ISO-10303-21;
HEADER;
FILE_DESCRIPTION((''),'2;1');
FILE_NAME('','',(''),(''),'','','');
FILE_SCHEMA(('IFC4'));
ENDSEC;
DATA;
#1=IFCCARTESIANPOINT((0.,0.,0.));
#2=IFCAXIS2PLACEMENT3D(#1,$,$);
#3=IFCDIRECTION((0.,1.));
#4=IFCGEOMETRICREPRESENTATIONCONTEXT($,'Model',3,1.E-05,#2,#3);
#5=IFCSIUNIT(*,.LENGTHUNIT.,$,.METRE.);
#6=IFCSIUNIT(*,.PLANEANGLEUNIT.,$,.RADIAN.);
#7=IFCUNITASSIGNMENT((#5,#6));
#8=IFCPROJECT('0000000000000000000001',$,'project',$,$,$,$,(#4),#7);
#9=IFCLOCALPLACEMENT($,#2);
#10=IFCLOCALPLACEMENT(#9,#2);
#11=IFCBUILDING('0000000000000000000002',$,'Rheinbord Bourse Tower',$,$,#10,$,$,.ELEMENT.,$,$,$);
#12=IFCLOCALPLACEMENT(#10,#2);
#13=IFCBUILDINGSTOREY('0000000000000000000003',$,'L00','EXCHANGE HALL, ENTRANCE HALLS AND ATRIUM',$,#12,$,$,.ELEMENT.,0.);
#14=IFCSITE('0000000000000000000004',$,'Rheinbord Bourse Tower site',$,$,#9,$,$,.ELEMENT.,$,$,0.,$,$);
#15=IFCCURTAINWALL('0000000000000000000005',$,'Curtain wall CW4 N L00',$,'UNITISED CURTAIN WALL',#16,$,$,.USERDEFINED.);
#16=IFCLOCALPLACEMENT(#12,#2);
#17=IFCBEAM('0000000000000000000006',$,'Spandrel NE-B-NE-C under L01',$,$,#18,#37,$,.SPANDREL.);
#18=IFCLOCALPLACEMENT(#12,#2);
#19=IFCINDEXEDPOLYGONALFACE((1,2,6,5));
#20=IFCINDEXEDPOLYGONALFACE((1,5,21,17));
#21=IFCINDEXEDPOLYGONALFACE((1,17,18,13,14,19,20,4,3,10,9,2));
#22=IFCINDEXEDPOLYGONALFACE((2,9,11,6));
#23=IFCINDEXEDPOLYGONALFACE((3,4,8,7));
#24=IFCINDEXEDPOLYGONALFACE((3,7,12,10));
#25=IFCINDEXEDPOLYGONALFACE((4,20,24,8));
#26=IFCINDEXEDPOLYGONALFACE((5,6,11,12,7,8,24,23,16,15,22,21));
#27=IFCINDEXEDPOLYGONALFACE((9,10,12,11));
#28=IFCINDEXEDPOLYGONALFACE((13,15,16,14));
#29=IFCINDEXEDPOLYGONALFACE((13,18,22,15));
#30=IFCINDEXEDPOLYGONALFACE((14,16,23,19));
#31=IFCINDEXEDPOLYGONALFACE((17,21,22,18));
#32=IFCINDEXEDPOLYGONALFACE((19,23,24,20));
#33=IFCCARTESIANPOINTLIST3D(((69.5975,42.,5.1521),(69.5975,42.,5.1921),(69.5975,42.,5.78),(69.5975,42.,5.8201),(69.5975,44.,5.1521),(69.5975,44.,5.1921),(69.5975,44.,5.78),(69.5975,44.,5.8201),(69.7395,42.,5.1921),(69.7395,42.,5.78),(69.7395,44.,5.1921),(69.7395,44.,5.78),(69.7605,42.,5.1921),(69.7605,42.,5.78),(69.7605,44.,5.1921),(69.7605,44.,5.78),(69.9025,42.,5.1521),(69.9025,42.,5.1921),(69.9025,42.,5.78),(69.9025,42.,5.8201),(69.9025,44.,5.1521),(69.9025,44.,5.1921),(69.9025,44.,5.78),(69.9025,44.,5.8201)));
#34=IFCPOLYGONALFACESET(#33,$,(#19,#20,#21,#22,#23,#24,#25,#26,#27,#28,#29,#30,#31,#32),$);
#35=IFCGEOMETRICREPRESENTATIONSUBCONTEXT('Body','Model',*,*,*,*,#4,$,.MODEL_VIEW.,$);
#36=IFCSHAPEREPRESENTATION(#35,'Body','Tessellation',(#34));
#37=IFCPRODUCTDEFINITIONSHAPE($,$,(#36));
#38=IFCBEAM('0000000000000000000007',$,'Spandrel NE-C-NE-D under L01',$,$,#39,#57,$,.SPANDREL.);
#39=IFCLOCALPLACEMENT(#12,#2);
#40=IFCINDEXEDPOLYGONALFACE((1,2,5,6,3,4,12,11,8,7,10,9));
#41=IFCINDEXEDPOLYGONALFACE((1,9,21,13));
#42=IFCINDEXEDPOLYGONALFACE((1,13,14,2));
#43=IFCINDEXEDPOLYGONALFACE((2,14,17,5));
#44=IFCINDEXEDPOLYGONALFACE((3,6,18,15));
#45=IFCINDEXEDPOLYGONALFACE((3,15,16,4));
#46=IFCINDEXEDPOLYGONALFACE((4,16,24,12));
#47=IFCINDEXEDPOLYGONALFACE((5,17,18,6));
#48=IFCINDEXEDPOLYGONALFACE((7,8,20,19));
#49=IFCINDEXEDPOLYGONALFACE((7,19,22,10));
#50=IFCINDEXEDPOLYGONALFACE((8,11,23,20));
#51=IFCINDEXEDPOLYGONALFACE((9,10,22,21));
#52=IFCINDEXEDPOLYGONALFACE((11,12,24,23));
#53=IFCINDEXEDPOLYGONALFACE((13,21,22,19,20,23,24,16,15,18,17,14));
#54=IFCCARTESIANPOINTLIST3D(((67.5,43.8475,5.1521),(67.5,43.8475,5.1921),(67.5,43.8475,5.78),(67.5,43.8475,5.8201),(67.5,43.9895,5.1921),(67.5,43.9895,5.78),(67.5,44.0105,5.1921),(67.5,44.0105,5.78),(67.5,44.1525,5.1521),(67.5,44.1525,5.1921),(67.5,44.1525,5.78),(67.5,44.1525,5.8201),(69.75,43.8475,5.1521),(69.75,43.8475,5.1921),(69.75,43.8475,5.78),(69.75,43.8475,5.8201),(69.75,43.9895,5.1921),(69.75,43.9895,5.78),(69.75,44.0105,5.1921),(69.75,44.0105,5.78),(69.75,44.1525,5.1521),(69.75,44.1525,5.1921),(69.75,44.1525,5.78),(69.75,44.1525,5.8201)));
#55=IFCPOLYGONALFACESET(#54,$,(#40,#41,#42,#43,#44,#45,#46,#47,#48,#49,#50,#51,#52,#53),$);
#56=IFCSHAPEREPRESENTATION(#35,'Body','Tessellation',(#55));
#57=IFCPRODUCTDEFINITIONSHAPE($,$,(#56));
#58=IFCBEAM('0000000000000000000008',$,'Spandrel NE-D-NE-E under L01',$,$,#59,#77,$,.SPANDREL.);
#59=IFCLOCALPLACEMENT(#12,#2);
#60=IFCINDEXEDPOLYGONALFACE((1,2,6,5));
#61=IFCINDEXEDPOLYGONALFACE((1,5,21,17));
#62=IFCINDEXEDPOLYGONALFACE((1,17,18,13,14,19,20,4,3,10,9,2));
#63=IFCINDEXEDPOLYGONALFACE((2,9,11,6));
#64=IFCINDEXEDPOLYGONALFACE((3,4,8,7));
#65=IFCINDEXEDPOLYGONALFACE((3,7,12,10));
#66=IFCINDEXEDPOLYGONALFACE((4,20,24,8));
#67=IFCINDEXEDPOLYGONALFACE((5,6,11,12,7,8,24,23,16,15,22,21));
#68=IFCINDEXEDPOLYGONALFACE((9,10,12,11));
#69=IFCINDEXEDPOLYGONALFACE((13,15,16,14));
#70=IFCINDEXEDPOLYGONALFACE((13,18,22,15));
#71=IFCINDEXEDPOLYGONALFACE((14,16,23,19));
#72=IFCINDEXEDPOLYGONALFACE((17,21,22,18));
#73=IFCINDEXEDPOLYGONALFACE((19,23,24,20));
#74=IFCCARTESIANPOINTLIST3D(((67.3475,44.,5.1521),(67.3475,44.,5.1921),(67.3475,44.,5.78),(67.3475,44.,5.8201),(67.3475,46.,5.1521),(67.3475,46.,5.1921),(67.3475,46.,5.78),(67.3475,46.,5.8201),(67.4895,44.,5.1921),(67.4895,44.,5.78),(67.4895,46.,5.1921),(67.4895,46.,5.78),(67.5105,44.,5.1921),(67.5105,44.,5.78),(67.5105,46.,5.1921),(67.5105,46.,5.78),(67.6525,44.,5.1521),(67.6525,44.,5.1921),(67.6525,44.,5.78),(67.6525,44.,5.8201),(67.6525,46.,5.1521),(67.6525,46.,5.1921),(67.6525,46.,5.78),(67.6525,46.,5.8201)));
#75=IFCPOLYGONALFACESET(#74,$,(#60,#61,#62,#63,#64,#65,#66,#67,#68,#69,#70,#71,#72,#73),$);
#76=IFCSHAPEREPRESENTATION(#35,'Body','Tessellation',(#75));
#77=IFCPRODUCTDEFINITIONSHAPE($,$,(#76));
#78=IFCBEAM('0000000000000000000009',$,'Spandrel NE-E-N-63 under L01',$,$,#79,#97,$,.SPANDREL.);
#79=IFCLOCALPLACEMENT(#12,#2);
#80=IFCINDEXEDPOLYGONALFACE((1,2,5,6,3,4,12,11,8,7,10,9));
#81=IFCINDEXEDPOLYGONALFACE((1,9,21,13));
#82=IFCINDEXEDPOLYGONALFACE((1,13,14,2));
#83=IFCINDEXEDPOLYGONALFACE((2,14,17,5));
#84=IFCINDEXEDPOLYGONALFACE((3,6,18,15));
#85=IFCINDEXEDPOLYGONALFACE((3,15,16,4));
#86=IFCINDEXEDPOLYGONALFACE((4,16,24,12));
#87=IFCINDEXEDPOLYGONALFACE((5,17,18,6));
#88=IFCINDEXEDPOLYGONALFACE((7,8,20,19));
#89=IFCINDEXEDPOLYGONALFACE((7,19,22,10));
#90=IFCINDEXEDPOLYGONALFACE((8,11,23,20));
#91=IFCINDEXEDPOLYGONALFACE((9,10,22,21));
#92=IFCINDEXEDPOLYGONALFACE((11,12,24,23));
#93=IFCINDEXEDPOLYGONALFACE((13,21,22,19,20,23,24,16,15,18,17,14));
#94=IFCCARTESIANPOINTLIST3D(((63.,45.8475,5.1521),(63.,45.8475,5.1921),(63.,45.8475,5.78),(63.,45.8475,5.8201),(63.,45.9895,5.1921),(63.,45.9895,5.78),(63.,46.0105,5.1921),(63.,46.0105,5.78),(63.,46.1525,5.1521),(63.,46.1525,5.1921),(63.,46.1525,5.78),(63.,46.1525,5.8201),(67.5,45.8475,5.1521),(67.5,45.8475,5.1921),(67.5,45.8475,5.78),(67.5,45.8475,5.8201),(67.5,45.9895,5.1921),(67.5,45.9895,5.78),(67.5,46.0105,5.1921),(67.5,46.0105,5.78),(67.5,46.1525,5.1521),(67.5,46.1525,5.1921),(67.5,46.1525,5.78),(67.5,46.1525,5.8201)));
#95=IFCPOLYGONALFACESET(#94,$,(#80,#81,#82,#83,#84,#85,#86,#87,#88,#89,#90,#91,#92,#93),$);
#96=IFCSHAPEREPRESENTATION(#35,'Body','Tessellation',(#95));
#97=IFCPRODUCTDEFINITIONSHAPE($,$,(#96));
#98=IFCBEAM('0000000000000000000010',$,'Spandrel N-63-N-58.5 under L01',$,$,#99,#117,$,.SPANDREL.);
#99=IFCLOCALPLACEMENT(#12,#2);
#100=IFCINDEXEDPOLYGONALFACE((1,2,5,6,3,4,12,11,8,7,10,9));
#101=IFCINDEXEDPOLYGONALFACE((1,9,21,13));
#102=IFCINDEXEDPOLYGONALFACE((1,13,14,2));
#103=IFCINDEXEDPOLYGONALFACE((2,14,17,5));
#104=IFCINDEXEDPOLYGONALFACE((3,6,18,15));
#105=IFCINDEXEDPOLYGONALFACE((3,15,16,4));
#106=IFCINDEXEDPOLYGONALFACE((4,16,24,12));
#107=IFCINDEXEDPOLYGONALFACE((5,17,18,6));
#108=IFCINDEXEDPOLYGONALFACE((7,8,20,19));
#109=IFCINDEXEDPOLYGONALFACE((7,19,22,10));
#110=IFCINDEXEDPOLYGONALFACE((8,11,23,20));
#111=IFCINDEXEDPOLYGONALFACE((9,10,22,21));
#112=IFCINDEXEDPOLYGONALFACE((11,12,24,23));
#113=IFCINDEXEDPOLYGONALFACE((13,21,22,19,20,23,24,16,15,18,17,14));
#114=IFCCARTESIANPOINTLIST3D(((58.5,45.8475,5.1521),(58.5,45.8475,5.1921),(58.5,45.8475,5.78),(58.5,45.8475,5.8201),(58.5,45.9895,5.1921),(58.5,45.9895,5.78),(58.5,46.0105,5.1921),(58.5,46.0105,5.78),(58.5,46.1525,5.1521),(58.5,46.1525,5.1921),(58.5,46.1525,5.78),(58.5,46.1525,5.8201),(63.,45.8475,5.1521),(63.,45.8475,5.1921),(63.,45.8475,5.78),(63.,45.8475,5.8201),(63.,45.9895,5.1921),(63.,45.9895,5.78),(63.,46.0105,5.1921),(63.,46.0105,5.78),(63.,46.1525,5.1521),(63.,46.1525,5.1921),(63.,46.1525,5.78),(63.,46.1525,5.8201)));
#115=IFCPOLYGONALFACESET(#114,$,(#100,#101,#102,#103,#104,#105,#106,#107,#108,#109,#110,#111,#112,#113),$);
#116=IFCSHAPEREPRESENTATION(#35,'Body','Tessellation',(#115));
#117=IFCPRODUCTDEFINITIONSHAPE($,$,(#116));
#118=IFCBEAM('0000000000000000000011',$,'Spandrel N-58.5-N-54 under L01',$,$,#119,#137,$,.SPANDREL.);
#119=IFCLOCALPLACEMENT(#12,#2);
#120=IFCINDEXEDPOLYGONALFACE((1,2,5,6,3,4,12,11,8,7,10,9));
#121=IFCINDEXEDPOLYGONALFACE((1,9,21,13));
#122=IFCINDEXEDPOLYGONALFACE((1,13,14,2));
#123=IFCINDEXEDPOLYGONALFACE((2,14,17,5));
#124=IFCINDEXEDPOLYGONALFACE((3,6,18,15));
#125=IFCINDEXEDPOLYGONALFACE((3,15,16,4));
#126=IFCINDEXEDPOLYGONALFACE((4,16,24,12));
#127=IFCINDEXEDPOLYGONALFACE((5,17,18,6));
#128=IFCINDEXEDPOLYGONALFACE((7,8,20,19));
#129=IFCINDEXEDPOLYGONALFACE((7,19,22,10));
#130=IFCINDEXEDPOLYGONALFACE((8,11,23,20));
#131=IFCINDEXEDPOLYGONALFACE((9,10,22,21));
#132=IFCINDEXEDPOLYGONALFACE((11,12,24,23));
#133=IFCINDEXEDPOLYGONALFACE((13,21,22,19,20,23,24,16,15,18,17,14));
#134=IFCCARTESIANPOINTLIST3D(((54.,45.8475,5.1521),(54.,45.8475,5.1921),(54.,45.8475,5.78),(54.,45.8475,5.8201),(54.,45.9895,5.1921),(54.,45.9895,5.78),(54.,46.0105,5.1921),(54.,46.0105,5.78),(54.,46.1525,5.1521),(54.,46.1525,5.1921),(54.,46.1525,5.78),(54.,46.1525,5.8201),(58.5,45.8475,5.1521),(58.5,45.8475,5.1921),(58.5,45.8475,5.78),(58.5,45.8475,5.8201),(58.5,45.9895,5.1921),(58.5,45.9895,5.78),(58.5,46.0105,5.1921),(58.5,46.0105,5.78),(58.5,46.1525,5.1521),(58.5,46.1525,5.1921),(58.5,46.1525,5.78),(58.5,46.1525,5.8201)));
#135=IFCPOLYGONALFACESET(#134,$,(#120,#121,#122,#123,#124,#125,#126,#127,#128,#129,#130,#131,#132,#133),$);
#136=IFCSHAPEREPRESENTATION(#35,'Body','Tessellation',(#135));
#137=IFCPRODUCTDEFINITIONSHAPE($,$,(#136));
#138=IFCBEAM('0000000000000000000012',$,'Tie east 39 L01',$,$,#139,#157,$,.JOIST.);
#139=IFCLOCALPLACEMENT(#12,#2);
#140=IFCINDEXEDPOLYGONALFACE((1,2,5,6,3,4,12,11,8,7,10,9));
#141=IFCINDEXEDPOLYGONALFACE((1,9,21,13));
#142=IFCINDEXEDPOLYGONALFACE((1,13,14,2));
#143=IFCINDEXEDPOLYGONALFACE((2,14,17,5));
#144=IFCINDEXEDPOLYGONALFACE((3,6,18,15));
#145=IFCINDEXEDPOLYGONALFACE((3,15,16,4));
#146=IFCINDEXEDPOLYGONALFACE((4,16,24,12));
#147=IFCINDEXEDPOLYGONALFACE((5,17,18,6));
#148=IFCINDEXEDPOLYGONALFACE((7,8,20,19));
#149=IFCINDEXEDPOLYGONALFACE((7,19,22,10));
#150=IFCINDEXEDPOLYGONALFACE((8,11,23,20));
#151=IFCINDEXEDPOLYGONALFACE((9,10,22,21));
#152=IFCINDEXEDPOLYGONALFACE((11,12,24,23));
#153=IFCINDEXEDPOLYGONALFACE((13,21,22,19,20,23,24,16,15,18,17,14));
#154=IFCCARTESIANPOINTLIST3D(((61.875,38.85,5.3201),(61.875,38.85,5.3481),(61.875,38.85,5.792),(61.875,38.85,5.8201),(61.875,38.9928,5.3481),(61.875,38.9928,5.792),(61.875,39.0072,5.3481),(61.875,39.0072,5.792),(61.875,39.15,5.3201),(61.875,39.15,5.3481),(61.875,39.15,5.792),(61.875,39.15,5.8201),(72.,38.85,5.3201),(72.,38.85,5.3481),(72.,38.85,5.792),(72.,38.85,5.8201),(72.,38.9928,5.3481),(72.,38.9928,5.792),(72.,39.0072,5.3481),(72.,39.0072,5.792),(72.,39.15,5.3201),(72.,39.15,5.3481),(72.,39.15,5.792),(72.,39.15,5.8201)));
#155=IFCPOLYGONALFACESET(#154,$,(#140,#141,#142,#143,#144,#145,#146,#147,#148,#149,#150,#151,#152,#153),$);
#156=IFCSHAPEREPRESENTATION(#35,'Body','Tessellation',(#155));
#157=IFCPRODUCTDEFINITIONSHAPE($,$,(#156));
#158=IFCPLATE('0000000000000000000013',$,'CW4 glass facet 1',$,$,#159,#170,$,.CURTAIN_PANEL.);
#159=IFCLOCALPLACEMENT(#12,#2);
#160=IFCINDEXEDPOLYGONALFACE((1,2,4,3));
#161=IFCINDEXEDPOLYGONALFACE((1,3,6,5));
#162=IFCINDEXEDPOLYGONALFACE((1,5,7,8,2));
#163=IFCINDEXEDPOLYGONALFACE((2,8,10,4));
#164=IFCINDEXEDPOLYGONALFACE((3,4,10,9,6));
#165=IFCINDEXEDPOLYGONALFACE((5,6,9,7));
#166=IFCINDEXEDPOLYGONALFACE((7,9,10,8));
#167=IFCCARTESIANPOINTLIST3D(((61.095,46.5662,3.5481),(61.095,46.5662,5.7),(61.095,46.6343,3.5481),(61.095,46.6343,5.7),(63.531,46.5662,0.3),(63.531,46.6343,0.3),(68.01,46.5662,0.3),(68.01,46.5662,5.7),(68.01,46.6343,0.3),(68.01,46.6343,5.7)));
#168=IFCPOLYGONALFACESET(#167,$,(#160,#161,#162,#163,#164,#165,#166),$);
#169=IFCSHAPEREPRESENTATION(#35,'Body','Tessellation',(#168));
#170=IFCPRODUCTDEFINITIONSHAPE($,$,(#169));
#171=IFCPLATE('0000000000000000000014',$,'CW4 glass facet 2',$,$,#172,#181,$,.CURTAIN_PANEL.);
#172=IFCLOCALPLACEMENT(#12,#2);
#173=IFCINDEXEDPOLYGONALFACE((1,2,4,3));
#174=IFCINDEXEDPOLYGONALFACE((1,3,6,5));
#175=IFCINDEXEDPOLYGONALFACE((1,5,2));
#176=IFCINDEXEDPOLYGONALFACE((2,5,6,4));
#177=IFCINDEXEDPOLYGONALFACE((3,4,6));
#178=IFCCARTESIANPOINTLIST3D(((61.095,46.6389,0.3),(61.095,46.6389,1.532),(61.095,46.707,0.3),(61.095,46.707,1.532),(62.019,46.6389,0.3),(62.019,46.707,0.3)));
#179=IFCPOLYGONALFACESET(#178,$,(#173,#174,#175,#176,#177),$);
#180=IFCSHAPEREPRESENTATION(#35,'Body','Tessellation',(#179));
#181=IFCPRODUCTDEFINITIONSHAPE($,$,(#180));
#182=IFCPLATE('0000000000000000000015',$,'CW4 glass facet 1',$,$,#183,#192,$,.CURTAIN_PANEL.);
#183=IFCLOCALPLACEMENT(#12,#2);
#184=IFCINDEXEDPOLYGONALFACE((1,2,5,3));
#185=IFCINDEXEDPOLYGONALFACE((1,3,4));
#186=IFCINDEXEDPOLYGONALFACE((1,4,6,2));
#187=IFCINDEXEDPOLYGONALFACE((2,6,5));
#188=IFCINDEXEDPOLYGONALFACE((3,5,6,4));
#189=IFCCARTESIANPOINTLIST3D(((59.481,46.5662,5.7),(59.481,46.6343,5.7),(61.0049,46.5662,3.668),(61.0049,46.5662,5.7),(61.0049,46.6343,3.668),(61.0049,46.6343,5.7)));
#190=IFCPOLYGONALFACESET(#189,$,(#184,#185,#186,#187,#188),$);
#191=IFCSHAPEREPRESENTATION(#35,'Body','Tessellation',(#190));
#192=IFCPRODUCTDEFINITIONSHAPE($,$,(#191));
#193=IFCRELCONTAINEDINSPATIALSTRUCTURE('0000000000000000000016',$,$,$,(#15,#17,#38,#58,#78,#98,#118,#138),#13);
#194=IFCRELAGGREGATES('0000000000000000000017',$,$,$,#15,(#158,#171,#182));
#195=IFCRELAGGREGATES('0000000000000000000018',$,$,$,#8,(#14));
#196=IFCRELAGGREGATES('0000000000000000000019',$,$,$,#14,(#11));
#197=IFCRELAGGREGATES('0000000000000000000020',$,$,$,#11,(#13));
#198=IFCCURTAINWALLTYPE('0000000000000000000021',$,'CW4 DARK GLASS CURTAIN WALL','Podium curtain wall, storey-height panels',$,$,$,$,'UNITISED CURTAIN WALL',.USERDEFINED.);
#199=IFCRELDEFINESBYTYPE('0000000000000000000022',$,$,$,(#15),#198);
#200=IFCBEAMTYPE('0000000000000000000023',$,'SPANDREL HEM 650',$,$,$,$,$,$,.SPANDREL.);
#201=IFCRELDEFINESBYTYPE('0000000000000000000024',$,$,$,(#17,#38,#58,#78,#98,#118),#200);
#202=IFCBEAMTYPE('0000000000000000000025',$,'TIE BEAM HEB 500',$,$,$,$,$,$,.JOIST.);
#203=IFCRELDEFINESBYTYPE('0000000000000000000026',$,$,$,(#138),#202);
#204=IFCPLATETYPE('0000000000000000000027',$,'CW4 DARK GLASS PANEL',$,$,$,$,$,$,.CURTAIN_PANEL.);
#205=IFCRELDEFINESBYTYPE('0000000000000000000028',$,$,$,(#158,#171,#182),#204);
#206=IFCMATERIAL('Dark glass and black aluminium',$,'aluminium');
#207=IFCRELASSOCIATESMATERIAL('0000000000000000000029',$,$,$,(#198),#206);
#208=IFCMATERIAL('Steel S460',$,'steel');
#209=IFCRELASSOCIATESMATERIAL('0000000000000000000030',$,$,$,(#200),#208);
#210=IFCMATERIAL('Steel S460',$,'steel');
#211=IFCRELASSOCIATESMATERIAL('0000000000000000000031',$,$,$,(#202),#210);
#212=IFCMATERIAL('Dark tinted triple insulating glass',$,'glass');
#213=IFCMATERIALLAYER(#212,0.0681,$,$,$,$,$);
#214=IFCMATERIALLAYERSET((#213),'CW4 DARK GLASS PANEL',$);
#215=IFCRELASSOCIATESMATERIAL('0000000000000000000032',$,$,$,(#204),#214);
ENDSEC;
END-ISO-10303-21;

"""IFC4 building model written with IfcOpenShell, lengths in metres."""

from ifc_helpers import new_model, si_unit, direction, frame, origin, origin_2d, place, context, subcontext, project, spatial, polyline, i_section, outline, extrude, material, layer, layer_set, material_profile, profile_set, type_object, element, aggregate, save


model = new_model("IFC4")

# Units and contexts
model_context = context("Model", 3, precision=1e-05, world=origin(), true_north=direction((0.0, 1.0)))
body_context = subcontext(model_context, "Body", "Model", "MODEL_VIEW")
ifc_project = project(units=[si_unit("LENGTHUNIT", "METRE"), si_unit("PLANEANGLEUNIT", "RADIAN")], contexts=[model_context])

# Site, building, storey
site_placement = place(None, origin())
site = spatial("IfcSite", under=ifc_project, at=site_placement, Name="Rheinbord Bourse Tower site", CompositionType="ELEMENT", RefElevation=0.0)
building_placement = place(site_placement, origin())
building = spatial("IfcBuilding", under=site, at=building_placement, Name="Rheinbord Bourse Tower", CompositionType="ELEMENT")
storey_placement = place(building_placement, origin())
storey = spatial("IfcBuildingStorey", under=building, at=storey_placement, Name="L00", Description="EXCHANGE HALL, ENTRANCE HALLS AND ATRIUM", CompositionType="ELEMENT", Elevation=0.0)

# Curtain wall
ifc_material_1 = material(Name="Dark glass and black aluminium", Category="aluminium")
curtain_wall_type = type_object("IfcCurtainWallType", Name="CW4 DARK GLASS CURTAIN WALL", Description="Podium curtain wall, storey-height panels", ElementType="UNITISED CURTAIN WALL", PredefinedType="USERDEFINED", material=ifc_material_1)
curtain_wall_1_placement = place(storey_placement, origin())
curtain_wall_1 = element("IfcCurtainWall", 1, at=curtain_wall_1_placement, inside=storey, type_object=curtain_wall_type, Name="Curtain wall CW4 N L00", ObjectType="UNITISED CURTAIN WALL", PredefinedType="USERDEFINED")

# Beams
ifc_material_2 = material(Name="Steel S460", Category="steel")
ifc_material_profile_1 = material_profile(ifc_material_2, i_section(OverallWidth=0.3049, OverallDepth=0.668, WebThickness=0.021, FlangeThickness=0.04, at=origin_2d()), Name="HEM 650")
ifc_profile_set_1 = profile_set([ifc_material_profile_1], Name="Steel S460")
beam_type_1 = type_object("IfcBeamType", Name="SPANDREL HEM 650", PredefinedType="SPANDREL", material=ifc_profile_set_1)
beam_1_placement = place(storey_placement, frame((69.75, 42.0, 5.4861), z_axis=(0.0, 1.0, 0.0), x_axis=(-1.0, 0.0, 0.0)))
element("IfcBeam", 2, at=beam_1_placement, inside=storey, type_object=beam_type_1, Name="Spandrel NE-B-NE-C under L01", PredefinedType="SPANDREL", context=body_context, shape_type="SweptSolid", body=[
    extrude(i_section(OverallWidth=0.3049, OverallDepth=0.668, WebThickness=0.021, FlangeThickness=0.04, at=origin_2d()), origin(), (0.0, 0.0, 1.0), 2.0),
])
beam_2_placement = place(storey_placement, frame((69.75, 44.0, 5.4861), z_axis=(-1.0, 0.0, 0.0), x_axis=(0.0, -1.0, 0.0)))
element("IfcBeam", 3, at=beam_2_placement, inside=storey, type_object=beam_type_1, Name="Spandrel NE-C-NE-D under L01", PredefinedType="SPANDREL", context=body_context, shape_type="SweptSolid", body=[
    extrude(i_section(OverallWidth=0.3049, OverallDepth=0.668, WebThickness=0.021, FlangeThickness=0.04, at=origin_2d()), origin(), (0.0, 0.0, 1.0), 2.25),
])
beam_3_placement = place(storey_placement, frame((67.5, 44.0, 5.4861), z_axis=(0.0, 1.0, 0.0), x_axis=(-1.0, 0.0, 0.0)))
element("IfcBeam", 4, at=beam_3_placement, inside=storey, type_object=beam_type_1, Name="Spandrel NE-D-NE-E under L01", PredefinedType="SPANDREL", context=body_context, shape_type="SweptSolid", body=[
    extrude(i_section(OverallWidth=0.3049, OverallDepth=0.668, WebThickness=0.021, FlangeThickness=0.04, at=origin_2d()), origin(), (0.0, 0.0, 1.0), 2.0),
])
for number, where, z_axis, x_axis, name in (
    (5, (67.5, 46.0, 5.4861), (-1.0, 0.0, 0.0), (0.0, -1.0, 0.0), "Spandrel NE-E-N-63 under L01"),
    (6, (63.0, 46.0, 5.4861), (-1.0, 0.0, 0.0), (0.0, -1.0, 0.0), "Spandrel N-63-N-58.5 under L01"),
    (7, (58.5, 46.0, 5.4861), (-1.0, 0.0, 0.0), (0.0, -1.0, 0.0), "Spandrel N-58.5-N-54 under L01"),
):
    element("IfcBeam", number, at=place(storey_placement, frame(where, z_axis=z_axis, x_axis=x_axis)), inside=storey, type_object=beam_type_1, Name=name, PredefinedType="SPANDREL", context=body_context, shape_type="SweptSolid", body=[
        extrude(i_section(OverallWidth=0.3049, OverallDepth=0.668, WebThickness=0.021, FlangeThickness=0.04, at=origin_2d()), origin(), (0.0, 0.0, 1.0), 4.5),
    ])
ifc_material_3 = material(Name="Steel S460", Category="steel")
ifc_material_profile_2 = material_profile(ifc_material_3, i_section(OverallWidth=0.3, OverallDepth=0.5, WebThickness=0.0144, FlangeThickness=0.0281, at=origin_2d()), Name="HEB 500")
ifc_profile_set_2 = profile_set([ifc_material_profile_2], Name="Steel S460")
beam_type_2 = type_object("IfcBeamType", Name="TIE BEAM HEB 500", PredefinedType="JOIST", material=ifc_profile_set_2)
beam_4_placement = place(storey_placement, frame((61.875, 39.0, 5.5701), z_axis=(1.0, 0.0, 0.0), x_axis=(0.0, 1.0, 0.0)))
element("IfcBeam", 8, at=beam_4_placement, inside=storey, type_object=beam_type_2, Name="Tie east 39 L01", PredefinedType="JOIST", context=body_context, shape_type="SweptSolid", body=[
    extrude(i_section(OverallWidth=0.3, OverallDepth=0.5, WebThickness=0.0144, FlangeThickness=0.0281, at=origin_2d()), origin(), (0.0, 0.0, 1.0), 10.125),
])

# Plates
ifc_material_4 = material(Name="Dark tinted triple insulating glass", Category="glass")
ifc_layer_1 = layer(ifc_material_4, 0.0681)
ifc_layer_set_1 = layer_set([ifc_layer_1], Name="CW4 DARK GLASS PANEL")
plate_type = type_object("IfcPlateType", Name="CW4 DARK GLASS PANEL", PredefinedType="CURTAIN_PANEL", material=ifc_layer_set_1)
plate_1_placement = place(storey_placement, frame((68.01, 46.6343, 0.3), z_axis=(0.0, -1.0, 0.0), x_axis=(0.0, 0.0, 1.0)))
plate_1 = element("IfcPlate", 9, at=plate_1_placement, type_object=plate_type, Name="CW4 glass facet 1", PredefinedType="CURTAIN_PANEL", context=body_context, shape_type="SweptSolid", body=[
    extrude(outline(polyline([(0.0, 0.0), (5.3999, 0.0), (5.3999, 6.915), (3.248, 6.915), (0.0, 4.479), (0.0, 0.0)])), origin(), (0.0, 0.0, 1.0), 0.0681),
])
plate_2_placement = place(storey_placement, frame((61.095, 46.707, 0.3), z_axis=(0.0, -1.0, 0.0), x_axis=(1.0, 0.0, 0.0)))
plate_2 = element("IfcPlate", 10, at=plate_2_placement, type_object=plate_type, Name="CW4 glass facet 2", PredefinedType="CURTAIN_PANEL", context=body_context, shape_type="SweptSolid", body=[
    extrude(outline(polyline([(0.0, 0.0), (0.9241, 0.0), (0.0, 1.2319), (0.0, 0.0)])), origin(), (0.0, 0.0, 1.0), 0.0681),
])
plate_3_placement = place(storey_placement, frame((61.0049, 46.6343, 5.7), z_axis=(0.0, -1.0, 0.0), x_axis=(-1.0, 0.0, 0.0)))
plate_3 = element("IfcPlate", 11, at=plate_3_placement, type_object=plate_type, Name="CW4 glass facet 1", PredefinedType="CURTAIN_PANEL", context=body_context, shape_type="SweptSolid", body=[
    extrude(outline(polyline([(0.0, 0.0), (1.5239, 0.0), (0.0, 2.032), (0.0, 0.0)])), origin(), (0.0, 0.0, 1.0), 0.0681),
])
aggregate(curtain_wall_1, [plate_1, plate_2, plate_3])

save(model, "model.ifc")
